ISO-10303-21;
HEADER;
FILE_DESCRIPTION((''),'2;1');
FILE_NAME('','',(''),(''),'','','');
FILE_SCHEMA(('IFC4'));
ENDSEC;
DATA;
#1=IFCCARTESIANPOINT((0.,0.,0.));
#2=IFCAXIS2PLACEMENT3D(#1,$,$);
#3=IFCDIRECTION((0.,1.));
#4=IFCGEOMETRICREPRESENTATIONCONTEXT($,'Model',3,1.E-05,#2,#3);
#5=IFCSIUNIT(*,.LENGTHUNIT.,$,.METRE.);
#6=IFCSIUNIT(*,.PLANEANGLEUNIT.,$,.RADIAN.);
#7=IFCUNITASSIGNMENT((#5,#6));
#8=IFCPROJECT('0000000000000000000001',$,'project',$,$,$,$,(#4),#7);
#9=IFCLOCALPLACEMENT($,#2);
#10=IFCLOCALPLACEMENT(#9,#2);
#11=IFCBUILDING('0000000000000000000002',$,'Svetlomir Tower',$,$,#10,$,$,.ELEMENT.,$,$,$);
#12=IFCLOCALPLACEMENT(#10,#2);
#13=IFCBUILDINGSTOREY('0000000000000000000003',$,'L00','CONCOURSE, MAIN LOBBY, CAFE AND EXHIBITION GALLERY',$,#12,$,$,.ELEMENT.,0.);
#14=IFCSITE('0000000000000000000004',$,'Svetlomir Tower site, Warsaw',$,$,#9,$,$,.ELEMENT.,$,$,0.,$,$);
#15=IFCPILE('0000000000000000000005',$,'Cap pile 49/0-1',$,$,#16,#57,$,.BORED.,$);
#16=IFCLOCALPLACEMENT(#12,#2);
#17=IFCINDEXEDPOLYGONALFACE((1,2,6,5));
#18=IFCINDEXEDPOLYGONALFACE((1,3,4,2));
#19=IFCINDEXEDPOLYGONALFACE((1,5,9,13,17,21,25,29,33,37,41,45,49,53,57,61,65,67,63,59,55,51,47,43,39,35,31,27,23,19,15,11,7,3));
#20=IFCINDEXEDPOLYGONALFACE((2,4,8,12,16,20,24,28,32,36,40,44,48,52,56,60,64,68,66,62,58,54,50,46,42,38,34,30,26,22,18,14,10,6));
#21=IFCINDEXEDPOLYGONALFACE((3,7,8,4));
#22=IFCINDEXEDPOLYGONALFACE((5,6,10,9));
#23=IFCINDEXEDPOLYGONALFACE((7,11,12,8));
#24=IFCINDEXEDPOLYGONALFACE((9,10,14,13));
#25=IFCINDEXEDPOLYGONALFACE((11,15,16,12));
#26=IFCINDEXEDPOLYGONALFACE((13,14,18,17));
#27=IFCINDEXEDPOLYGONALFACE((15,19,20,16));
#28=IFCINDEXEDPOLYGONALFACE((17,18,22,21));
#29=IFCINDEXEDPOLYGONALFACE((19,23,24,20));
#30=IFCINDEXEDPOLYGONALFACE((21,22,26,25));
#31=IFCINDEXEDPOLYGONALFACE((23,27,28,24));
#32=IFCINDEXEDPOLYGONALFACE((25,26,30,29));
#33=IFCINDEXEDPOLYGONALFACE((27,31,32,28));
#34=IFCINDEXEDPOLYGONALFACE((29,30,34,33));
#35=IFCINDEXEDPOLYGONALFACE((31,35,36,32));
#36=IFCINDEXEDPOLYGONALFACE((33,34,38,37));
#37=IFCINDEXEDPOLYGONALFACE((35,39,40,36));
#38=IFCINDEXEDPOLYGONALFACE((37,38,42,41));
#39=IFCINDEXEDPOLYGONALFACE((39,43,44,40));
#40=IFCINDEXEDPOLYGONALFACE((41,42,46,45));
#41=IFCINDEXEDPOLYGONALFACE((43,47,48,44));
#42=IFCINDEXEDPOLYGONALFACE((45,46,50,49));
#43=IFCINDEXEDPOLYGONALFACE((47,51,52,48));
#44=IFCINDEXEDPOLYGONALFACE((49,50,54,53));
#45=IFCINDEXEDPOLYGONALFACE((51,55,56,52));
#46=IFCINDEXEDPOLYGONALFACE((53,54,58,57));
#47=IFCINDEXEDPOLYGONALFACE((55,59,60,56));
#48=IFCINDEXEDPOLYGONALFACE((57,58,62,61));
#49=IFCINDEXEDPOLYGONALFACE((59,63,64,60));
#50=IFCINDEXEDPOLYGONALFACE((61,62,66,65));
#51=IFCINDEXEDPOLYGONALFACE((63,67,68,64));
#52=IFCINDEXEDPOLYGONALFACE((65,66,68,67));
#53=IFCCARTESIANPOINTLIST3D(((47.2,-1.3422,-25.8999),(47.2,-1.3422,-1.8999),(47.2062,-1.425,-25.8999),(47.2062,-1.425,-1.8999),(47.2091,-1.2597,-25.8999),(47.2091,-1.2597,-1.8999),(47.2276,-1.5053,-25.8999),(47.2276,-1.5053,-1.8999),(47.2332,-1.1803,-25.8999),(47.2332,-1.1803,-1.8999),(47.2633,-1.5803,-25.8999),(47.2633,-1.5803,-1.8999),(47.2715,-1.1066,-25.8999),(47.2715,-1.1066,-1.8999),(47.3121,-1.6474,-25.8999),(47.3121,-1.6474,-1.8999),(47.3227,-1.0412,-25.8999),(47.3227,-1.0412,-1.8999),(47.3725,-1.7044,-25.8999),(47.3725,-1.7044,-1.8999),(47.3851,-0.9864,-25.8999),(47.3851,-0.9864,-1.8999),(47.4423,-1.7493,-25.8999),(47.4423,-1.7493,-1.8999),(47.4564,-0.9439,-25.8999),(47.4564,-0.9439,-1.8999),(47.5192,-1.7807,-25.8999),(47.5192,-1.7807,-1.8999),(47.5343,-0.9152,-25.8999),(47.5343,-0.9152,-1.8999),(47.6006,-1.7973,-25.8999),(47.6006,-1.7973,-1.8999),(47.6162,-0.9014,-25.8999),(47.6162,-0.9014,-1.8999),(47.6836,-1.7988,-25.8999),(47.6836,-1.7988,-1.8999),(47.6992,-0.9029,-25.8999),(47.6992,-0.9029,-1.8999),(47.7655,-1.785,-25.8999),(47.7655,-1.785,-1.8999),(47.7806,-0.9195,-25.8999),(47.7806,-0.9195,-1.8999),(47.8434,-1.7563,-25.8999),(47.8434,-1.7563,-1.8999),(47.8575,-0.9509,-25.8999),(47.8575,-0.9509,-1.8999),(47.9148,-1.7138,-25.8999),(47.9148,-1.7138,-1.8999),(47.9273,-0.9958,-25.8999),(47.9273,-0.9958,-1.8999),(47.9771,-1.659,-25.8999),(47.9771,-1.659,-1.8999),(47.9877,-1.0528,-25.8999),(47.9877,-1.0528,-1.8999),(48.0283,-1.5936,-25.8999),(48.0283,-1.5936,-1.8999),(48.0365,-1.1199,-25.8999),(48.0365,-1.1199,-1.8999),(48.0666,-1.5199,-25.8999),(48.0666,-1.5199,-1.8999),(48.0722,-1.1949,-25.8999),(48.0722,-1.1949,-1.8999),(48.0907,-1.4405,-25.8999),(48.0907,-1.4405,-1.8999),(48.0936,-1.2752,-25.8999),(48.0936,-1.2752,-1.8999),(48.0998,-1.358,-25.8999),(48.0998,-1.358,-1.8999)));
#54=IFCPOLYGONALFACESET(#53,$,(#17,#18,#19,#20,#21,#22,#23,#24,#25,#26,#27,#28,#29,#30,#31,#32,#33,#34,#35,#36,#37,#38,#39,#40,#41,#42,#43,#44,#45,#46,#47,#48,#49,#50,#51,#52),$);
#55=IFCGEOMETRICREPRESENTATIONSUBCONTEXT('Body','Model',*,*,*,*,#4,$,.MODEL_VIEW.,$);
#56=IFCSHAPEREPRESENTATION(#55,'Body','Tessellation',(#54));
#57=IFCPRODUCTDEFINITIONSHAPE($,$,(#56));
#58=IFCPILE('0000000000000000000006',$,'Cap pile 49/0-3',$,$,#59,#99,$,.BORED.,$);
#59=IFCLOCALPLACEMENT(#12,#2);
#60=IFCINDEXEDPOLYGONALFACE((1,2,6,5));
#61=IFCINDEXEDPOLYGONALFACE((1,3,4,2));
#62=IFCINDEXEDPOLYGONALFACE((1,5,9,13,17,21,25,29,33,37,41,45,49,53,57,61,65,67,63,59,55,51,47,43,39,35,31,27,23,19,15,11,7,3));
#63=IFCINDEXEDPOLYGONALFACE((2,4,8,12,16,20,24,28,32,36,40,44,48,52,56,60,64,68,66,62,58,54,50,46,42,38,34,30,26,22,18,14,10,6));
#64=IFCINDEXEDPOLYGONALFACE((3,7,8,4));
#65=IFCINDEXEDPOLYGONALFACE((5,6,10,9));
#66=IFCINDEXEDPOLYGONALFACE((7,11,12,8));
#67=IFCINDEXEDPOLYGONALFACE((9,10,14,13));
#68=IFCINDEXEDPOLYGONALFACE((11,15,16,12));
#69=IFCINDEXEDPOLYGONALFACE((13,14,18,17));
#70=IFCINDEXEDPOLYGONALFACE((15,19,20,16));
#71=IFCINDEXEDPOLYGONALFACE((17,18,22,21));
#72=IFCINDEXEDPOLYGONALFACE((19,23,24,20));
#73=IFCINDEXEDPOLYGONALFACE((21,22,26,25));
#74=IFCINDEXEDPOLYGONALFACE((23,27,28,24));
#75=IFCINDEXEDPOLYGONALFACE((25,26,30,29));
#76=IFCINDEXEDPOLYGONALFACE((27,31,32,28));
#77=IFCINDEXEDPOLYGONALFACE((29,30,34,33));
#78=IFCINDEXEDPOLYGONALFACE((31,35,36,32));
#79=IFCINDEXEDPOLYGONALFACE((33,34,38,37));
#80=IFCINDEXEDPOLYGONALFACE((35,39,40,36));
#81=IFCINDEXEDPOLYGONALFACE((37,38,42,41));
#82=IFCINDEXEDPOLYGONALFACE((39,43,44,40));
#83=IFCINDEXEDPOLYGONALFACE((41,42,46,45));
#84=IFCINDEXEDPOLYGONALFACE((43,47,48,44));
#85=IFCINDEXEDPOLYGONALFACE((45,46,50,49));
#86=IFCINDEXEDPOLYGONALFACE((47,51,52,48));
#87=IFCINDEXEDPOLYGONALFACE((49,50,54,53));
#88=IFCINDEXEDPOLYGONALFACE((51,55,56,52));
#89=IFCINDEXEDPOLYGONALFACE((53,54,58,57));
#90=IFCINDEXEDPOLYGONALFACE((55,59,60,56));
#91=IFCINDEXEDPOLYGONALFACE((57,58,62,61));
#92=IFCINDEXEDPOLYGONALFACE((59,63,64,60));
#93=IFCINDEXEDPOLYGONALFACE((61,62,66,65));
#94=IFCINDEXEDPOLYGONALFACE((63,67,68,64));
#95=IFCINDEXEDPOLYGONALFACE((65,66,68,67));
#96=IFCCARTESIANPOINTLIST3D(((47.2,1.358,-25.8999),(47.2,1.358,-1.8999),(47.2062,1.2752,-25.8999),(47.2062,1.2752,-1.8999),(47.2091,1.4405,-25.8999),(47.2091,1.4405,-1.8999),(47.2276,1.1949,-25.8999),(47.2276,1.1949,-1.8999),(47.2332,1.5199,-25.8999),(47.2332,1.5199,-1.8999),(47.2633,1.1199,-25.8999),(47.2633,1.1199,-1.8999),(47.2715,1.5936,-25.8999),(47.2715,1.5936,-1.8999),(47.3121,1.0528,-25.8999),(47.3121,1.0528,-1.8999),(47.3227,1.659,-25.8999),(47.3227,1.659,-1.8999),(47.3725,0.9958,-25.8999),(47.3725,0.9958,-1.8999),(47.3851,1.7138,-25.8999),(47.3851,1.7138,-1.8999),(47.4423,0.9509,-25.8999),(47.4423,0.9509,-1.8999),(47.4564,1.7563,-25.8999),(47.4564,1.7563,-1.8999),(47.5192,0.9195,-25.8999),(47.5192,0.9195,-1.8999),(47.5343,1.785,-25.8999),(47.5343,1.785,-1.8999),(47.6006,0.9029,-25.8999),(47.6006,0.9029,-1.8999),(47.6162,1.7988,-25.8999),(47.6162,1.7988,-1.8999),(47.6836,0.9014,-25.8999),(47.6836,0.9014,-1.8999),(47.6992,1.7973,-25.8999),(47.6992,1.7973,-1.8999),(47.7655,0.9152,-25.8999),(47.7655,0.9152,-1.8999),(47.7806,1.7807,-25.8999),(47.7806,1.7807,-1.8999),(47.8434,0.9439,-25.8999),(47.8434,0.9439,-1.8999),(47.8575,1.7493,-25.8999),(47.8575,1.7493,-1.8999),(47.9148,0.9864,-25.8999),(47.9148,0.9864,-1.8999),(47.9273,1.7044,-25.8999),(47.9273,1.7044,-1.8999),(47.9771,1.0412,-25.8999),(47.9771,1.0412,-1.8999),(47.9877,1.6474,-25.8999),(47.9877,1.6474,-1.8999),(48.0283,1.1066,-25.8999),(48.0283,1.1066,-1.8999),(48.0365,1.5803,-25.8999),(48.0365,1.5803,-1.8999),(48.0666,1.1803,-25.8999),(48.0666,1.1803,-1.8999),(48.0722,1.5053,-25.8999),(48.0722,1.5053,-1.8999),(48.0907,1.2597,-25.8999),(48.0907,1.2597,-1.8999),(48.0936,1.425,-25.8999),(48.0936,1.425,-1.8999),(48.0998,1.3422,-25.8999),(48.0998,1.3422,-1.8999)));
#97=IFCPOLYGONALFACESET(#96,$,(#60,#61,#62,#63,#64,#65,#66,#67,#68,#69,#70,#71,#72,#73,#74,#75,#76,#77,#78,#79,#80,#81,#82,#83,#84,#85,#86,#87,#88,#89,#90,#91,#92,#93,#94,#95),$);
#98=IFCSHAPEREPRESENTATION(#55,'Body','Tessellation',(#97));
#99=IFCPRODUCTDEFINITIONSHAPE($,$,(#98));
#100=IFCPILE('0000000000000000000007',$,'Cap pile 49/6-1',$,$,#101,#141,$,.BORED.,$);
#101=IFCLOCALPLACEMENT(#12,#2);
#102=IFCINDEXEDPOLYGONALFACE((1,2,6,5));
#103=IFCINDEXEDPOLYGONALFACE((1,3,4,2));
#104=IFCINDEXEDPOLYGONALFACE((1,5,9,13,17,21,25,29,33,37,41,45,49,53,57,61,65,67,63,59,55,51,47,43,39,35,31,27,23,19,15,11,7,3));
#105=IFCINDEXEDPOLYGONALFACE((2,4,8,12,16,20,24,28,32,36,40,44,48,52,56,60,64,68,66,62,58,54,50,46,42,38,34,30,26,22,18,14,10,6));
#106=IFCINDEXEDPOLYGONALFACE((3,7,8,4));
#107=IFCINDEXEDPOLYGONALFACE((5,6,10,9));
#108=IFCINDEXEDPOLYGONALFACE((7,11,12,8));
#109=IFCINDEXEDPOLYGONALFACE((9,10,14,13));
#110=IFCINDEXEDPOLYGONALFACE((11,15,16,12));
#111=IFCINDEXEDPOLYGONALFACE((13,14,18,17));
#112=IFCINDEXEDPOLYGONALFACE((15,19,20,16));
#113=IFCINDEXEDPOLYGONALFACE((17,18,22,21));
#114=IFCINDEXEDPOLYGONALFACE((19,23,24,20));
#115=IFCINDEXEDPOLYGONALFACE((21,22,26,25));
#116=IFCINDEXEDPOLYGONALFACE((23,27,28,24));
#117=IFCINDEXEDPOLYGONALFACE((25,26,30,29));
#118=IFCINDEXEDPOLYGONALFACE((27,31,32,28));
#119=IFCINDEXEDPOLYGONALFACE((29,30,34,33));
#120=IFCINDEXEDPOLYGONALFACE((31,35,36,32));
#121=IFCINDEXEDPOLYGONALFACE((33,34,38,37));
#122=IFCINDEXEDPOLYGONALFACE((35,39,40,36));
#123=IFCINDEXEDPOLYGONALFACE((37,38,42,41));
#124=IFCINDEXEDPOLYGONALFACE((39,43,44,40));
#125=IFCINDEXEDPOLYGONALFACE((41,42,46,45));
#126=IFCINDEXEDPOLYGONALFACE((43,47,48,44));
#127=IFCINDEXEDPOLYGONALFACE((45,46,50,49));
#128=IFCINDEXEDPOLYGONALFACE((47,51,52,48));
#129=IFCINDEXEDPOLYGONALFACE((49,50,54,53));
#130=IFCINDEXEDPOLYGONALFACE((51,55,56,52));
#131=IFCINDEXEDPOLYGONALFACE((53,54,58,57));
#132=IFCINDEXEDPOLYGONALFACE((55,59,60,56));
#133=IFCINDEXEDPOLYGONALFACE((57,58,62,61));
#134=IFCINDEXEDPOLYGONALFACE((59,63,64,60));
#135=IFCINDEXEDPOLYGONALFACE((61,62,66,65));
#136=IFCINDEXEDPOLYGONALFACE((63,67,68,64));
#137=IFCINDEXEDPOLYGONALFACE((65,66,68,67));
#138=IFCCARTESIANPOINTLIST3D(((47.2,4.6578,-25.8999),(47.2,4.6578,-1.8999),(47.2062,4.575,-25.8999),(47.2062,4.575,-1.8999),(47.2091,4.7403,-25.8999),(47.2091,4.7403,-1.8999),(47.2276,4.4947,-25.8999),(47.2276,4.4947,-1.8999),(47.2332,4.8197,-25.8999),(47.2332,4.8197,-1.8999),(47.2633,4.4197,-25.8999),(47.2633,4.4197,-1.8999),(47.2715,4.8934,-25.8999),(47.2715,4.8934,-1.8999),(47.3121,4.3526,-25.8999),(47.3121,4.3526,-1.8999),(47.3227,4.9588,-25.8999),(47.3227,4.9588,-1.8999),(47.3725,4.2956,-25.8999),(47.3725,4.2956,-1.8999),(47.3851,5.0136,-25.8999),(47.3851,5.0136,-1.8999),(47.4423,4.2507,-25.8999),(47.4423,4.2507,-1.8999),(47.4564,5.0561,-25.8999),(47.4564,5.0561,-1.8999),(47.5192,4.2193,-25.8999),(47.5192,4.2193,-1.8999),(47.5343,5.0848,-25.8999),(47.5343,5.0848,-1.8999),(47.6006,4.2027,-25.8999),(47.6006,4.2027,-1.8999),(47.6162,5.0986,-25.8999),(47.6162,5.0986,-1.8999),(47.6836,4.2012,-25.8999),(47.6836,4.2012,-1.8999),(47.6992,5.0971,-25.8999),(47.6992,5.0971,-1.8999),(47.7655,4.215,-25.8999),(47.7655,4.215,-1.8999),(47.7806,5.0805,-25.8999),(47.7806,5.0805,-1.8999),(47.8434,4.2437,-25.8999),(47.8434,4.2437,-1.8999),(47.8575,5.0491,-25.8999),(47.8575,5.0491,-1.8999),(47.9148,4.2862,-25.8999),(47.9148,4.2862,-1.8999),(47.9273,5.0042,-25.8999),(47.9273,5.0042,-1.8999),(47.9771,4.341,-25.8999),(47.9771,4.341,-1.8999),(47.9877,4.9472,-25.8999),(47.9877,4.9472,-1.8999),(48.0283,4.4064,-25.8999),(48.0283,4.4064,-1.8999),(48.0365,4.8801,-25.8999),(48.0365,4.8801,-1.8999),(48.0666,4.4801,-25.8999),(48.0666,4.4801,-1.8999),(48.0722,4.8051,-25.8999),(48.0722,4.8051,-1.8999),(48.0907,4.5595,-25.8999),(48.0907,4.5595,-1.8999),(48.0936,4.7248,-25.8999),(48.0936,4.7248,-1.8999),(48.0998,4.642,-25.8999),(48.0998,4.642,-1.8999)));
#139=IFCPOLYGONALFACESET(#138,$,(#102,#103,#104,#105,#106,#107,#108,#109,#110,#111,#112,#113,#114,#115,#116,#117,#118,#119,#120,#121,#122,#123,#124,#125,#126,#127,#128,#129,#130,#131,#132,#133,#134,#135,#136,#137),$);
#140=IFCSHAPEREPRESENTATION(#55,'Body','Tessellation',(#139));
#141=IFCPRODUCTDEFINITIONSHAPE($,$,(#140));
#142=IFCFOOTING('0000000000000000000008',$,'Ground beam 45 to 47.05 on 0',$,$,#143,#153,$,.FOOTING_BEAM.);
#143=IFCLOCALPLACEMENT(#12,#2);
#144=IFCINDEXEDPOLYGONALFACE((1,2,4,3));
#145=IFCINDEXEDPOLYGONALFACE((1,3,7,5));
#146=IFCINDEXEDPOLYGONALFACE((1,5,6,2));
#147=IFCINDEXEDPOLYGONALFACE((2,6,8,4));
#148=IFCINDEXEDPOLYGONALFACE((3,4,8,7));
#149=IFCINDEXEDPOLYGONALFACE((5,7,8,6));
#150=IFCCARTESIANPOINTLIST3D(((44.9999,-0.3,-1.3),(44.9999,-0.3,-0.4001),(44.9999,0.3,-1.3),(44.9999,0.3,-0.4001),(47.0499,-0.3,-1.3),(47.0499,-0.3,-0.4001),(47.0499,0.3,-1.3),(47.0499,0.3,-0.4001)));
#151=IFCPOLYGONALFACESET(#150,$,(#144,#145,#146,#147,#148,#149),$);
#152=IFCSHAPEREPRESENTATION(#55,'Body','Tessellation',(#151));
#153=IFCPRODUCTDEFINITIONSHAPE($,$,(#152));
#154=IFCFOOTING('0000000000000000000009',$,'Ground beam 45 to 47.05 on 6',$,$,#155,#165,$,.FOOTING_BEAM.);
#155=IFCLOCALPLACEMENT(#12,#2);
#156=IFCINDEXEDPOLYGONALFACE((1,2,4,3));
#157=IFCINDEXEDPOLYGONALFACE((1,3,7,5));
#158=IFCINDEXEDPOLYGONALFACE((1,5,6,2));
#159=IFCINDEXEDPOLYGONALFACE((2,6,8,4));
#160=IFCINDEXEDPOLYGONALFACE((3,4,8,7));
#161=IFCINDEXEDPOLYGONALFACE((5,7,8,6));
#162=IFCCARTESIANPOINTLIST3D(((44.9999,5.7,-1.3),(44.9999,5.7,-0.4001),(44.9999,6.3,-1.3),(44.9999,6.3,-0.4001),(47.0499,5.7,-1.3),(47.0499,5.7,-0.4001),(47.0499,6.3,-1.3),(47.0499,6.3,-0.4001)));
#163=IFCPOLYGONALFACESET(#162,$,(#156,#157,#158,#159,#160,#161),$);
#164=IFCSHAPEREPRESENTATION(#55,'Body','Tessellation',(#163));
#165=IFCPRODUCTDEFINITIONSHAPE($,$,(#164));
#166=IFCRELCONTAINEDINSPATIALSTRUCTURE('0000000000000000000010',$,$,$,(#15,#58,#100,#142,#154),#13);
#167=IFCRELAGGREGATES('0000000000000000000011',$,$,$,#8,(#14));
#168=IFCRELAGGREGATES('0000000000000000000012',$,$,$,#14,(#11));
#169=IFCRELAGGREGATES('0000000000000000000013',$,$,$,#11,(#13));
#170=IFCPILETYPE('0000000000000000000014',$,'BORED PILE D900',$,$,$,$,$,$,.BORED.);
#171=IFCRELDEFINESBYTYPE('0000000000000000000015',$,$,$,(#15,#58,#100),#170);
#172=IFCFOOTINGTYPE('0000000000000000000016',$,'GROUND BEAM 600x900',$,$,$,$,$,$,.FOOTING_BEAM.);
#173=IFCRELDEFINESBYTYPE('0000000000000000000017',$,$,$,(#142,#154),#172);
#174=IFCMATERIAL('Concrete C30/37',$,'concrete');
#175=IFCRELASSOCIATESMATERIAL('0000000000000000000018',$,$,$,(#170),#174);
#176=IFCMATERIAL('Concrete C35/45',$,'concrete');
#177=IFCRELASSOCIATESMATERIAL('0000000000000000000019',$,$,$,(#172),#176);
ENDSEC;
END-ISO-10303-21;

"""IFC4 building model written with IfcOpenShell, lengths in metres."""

from ifc_helpers import new_model, si_unit, direction, frame, frame_2d, origin, origin_2d, place, context, subcontext, project, spatial, rectangle, circle, extrude, material, material_profile, profile_set, type_object, element, save


model = new_model("IFC4")

# Units and contexts
model_context = context("Model", 3, precision=1e-05, world=origin(), true_north=direction((0.0, 1.0)))
body_context = subcontext(model_context, "Body", "Model", "MODEL_VIEW")
ifc_project = project(units=[si_unit("LENGTHUNIT", "METRE"), si_unit("PLANEANGLEUNIT", "RADIAN")], contexts=[model_context])

# Site, building, storey
site_placement = place(None, origin())
site = spatial("IfcSite", under=ifc_project, at=site_placement, Name="Svetlomir Tower site, Warsaw", CompositionType="ELEMENT", RefElevation=0.0)
building_placement = place(site_placement, origin())
building = spatial("IfcBuilding", under=site, at=building_placement, Name="Svetlomir Tower", CompositionType="ELEMENT")
storey_placement = place(building_placement, origin())
storey = spatial("IfcBuildingStorey", under=building, at=storey_placement, Name="L00", Description="CONCOURSE, MAIN LOBBY, CAFE AND EXHIBITION GALLERY", CompositionType="ELEMENT", Elevation=0.0)

# Piles
ifc_material_1 = material(Name="Concrete C30/37", Category="concrete")
ifc_material_profile_1 = material_profile(ifc_material_1, circle(Radius=0.45, at=origin_2d()), Name="RC D900")
ifc_profile_set_1 = profile_set([ifc_material_profile_1], Name="Concrete C30/37")
pile_type = type_object("IfcPileType", Name="BORED PILE D900", PredefinedType="BORED", material=ifc_profile_set_1)
for number, where, z_axis, x_axis, name in (
    (1, (47.6499, -1.3501, -1.8999), (0.0, 0.0, -1.0), (1.0, 0.0, 0.0), "Cap pile 49/0-1"),
    (2, (47.6499, 1.3501, -1.8999), (0.0, 0.0, -1.0), (1.0, 0.0, 0.0), "Cap pile 49/0-3"),
    (3, (47.6499, 4.6499, -1.8999), (0.0, 0.0, -1.0), (1.0, 0.0, 0.0), "Cap pile 49/6-1"),
):
    element("IfcPile", number, at=place(storey_placement, frame(where, z_axis=z_axis, x_axis=x_axis)), inside=storey, type_object=pile_type, Name=name, PredefinedType="BORED", context=body_context, shape_type="SweptSolid", body=[
        extrude(circle(Radius=0.45, at=frame_2d((0.0, 0.0), x_axis=(0.999848, 0.017452))), origin(), (0.0, 0.0, 1.0), 24.0),
    ])

# Footings
ifc_material_2 = material(Name="Concrete C35/45", Category="concrete")
footing_type = type_object("IfcFootingType", Name="GROUND BEAM 600x900", PredefinedType="FOOTING_BEAM", material=ifc_material_2)
for number, where, z_axis, x_axis, name in (
    (4, (46.0249, 0.0, -1.3), (0.0, 0.0, 1.0), (1.0, 0.0, 0.0), "Ground beam 45 to 47.05 on 0"),
    (5, (46.0249, 6.0, -1.3), (0.0, 0.0, 1.0), (1.0, 0.0, 0.0), "Ground beam 45 to 47.05 on 6"),
):
    element("IfcFooting", number, at=place(storey_placement, frame(where, z_axis=z_axis, x_axis=x_axis)), inside=storey, type_object=footing_type, Name=name, PredefinedType="FOOTING_BEAM", context=body_context, shape_type="SweptSolid", body=[
        extrude(rectangle(XDim=2.05, YDim=0.6001, at=origin_2d()), origin(), (0.0, 0.0, 1.0), 0.8999),
    ])

save(model, "model.ifc")
